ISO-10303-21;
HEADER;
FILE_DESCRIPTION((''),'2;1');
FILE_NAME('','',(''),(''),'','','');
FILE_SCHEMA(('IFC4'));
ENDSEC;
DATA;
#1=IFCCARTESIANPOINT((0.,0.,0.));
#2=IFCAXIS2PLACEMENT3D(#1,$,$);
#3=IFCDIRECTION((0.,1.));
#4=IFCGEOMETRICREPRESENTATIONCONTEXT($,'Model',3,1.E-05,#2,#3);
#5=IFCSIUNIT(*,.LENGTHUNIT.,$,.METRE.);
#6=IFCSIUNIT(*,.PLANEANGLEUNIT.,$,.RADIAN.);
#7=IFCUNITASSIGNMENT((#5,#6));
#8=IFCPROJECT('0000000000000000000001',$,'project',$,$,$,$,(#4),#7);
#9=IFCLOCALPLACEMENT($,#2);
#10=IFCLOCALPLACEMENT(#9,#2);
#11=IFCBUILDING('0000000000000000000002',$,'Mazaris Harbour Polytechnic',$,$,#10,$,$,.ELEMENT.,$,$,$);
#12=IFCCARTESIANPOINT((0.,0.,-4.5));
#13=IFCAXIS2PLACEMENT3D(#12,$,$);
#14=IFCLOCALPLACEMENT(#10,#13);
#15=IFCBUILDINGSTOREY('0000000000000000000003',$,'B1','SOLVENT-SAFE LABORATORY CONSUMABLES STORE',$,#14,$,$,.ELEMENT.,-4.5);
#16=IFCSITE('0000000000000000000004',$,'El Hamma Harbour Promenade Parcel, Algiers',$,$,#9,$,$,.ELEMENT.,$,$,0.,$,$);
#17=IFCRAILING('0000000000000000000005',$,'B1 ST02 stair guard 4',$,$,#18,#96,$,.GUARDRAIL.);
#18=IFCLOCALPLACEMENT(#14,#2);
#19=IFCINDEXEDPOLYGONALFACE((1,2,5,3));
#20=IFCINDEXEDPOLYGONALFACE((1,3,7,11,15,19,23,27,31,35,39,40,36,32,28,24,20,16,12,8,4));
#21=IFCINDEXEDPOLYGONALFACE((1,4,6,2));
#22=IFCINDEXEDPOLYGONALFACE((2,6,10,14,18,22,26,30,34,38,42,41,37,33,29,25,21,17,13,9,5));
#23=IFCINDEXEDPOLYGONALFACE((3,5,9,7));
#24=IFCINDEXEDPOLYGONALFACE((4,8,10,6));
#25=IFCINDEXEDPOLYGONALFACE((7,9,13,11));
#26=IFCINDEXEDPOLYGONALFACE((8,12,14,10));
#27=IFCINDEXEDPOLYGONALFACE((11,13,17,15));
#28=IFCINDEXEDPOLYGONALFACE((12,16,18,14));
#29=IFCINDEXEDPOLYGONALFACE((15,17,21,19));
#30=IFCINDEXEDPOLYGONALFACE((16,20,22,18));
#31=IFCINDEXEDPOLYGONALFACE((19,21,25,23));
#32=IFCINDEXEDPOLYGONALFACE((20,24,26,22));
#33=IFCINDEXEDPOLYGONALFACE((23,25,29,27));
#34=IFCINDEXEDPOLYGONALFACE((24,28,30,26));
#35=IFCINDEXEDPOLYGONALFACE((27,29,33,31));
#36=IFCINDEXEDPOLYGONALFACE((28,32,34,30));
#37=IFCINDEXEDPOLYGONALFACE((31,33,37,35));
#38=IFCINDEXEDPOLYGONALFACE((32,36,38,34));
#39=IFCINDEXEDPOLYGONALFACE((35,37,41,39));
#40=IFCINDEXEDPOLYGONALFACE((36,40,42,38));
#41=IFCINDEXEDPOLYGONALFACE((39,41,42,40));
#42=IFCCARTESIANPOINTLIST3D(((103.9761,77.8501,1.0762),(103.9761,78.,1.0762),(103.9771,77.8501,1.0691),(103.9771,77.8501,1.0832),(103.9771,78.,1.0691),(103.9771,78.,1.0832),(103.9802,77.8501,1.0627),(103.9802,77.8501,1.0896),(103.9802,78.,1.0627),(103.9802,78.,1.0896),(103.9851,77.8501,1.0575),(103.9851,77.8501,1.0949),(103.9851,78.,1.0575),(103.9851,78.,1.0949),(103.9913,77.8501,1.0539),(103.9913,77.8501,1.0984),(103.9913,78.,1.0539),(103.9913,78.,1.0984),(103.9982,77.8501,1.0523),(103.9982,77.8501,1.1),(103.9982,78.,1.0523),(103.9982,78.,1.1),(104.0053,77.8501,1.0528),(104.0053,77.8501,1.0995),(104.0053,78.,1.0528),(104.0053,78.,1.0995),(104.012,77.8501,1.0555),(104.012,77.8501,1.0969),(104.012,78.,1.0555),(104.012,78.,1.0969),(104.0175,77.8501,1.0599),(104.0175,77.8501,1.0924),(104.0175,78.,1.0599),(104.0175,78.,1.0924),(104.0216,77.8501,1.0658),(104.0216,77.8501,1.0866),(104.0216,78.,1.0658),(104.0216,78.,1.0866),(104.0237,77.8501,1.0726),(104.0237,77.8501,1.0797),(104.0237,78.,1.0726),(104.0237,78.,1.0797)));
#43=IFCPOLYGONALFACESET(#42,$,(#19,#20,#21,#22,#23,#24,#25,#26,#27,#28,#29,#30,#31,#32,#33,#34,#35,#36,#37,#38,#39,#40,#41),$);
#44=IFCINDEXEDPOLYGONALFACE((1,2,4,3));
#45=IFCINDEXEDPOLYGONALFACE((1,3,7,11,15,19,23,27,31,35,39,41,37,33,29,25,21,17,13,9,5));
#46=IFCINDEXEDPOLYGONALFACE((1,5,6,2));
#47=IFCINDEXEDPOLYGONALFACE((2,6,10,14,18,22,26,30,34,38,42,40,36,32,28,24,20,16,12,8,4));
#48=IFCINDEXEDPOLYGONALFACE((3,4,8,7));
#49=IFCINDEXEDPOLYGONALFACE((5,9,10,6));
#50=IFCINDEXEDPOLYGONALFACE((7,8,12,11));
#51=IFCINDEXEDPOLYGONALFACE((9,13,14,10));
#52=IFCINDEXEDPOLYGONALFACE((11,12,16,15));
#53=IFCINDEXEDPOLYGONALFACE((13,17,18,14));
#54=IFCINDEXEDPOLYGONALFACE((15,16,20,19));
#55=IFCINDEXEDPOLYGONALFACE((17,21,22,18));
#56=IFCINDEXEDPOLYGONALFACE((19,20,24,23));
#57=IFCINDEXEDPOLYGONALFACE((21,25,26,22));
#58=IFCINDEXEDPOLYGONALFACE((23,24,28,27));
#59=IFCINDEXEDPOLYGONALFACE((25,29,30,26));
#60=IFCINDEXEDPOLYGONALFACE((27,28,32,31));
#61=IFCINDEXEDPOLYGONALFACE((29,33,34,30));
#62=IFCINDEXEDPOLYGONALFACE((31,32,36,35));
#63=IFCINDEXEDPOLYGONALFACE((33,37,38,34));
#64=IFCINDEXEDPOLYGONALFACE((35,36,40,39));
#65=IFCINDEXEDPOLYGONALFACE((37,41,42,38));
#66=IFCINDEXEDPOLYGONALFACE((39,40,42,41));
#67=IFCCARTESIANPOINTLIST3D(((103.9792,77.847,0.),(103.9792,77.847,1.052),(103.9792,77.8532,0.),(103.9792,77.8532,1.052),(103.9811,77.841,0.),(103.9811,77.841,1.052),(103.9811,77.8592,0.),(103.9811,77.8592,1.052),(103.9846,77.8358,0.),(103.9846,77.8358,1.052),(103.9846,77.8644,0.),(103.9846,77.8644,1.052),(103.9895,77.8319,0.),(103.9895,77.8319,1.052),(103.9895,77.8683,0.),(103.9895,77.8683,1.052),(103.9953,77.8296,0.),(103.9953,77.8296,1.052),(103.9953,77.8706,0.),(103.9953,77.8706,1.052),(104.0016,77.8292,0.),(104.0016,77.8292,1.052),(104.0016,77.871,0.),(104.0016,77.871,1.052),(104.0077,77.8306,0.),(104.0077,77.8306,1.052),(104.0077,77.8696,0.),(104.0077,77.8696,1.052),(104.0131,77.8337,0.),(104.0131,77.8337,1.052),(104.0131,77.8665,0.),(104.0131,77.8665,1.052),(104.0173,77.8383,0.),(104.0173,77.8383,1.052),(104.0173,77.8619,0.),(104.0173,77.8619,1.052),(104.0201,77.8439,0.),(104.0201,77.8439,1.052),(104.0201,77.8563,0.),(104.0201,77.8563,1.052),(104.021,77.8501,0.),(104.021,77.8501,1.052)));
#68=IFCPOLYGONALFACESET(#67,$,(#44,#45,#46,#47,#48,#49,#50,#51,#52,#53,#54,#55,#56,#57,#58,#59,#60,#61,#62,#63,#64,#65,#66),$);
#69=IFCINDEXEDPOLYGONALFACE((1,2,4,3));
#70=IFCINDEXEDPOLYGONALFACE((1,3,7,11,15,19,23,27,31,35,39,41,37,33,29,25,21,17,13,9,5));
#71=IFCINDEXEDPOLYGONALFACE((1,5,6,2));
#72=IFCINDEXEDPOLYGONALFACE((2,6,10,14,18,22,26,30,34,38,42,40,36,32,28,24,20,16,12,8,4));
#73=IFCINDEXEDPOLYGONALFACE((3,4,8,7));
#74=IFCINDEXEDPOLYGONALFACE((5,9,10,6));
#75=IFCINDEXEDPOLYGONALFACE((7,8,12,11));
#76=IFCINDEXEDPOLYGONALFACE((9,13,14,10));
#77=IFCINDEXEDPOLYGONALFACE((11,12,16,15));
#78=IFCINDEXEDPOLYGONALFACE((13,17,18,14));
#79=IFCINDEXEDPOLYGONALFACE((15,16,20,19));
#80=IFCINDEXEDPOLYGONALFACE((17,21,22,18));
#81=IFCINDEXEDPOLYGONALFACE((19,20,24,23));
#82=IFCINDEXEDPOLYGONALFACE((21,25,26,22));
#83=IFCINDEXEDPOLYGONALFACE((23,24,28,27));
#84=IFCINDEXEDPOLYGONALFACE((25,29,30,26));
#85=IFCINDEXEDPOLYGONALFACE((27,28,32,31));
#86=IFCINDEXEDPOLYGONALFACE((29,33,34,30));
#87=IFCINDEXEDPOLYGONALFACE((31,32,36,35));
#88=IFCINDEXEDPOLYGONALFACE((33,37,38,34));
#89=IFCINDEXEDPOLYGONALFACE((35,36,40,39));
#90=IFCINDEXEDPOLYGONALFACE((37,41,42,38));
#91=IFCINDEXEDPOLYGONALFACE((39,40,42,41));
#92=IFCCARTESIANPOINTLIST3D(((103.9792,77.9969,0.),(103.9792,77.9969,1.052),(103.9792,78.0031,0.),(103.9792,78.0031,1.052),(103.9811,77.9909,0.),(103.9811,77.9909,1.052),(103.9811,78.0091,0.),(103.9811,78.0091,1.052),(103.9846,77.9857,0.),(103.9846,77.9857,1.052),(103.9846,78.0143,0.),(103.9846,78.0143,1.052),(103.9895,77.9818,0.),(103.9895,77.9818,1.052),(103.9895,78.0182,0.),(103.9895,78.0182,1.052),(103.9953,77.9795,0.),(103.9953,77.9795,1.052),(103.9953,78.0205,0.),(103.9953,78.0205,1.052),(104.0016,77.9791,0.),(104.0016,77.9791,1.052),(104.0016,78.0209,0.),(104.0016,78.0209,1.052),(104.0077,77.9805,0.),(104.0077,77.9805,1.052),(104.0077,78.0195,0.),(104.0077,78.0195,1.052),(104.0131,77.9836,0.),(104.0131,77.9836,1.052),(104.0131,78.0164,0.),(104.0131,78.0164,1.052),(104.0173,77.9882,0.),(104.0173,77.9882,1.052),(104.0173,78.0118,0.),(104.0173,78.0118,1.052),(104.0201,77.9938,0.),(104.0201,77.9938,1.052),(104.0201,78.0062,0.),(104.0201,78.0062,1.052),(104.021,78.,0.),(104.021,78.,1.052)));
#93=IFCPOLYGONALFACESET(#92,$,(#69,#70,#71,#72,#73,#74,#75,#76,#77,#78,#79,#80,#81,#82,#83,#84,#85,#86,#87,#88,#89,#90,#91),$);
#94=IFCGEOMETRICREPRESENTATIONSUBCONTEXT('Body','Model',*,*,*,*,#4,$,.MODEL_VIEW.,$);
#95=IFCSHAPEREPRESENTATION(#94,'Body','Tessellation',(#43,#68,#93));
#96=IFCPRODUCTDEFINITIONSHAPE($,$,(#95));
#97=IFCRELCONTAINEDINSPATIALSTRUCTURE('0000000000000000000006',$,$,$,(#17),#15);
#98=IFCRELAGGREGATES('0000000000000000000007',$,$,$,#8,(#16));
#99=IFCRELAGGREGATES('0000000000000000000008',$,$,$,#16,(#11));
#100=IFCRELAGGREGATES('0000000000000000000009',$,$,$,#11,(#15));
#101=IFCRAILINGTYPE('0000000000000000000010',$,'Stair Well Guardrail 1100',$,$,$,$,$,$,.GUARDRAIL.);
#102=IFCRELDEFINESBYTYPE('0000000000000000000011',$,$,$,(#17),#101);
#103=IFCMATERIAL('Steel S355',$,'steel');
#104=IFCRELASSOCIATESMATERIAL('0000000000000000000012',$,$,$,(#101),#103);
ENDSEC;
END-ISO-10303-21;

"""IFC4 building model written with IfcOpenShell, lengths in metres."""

from ifc_helpers import new_model, si_unit, direction, frame, origin, origin_2d, place, context, subcontext, project, spatial, circle, extrude, material, type_object, element, save


model = new_model("IFC4")

# Units and contexts
model_context = context("Model", 3, precision=1e-05, world=origin(), true_north=direction((0.0, 1.0)))
body_context = subcontext(model_context, "Body", "Model", "MODEL_VIEW")
ifc_project = project(units=[si_unit("LENGTHUNIT", "METRE"), si_unit("PLANEANGLEUNIT", "RADIAN")], contexts=[model_context])

# Site, building, storey
site_placement = place(None, origin())
site = spatial("IfcSite", under=ifc_project, at=site_placement, Name="El Hamma Harbour Promenade Parcel, Algiers", CompositionType="ELEMENT", RefElevation=0.0)
building_placement = place(site_placement, origin())
building = spatial("IfcBuilding", under=site, at=building_placement, Name="Mazaris Harbour Polytechnic", CompositionType="ELEMENT")
storey_placement = place(building_placement, frame((0.0, 0.0, -4.5)))
storey = spatial("IfcBuildingStorey", under=building, at=storey_placement, Name="B1", Description="SOLVENT-SAFE LABORATORY CONSUMABLES STORE", CompositionType="ELEMENT", Elevation=-4.5)

# Railing
ifc_material_1 = material(Name="Steel S355", Category="steel")
railing_type_1 = type_object("IfcRailingType", Name="Stair Well Guardrail 1100", PredefinedType="GUARDRAIL", material=ifc_material_1)
railing_1_placement = place(storey_placement, frame((104.0, 77.8501, 0.0)))
element("IfcRailing", 1, at=railing_1_placement, inside=storey, type_object=railing_type_1, Name="B1 ST02 stair guard 4", PredefinedType="GUARDRAIL", context=body_context, shape_type="SweptSolid", body=[
    extrude(circle(Radius=0.0239, at=origin_2d()), frame((0.0, 0.0, 1.0762), z_axis=(0.0, 1.0, 0.0), x_axis=(-1.0, 0.0, 0.0)), (0.0, 0.0, 1.0), 0.1499),
    extrude(circle(Radius=0.021, at=origin_2d()), origin(), (0.0, 0.0, 1.0), 1.052),
    extrude(circle(Radius=0.021, at=origin_2d()), frame((0.0, 0.1499, 0.0)), (0.0, 0.0, 1.0), 1.052),
])

save(model, "model.ifc")
